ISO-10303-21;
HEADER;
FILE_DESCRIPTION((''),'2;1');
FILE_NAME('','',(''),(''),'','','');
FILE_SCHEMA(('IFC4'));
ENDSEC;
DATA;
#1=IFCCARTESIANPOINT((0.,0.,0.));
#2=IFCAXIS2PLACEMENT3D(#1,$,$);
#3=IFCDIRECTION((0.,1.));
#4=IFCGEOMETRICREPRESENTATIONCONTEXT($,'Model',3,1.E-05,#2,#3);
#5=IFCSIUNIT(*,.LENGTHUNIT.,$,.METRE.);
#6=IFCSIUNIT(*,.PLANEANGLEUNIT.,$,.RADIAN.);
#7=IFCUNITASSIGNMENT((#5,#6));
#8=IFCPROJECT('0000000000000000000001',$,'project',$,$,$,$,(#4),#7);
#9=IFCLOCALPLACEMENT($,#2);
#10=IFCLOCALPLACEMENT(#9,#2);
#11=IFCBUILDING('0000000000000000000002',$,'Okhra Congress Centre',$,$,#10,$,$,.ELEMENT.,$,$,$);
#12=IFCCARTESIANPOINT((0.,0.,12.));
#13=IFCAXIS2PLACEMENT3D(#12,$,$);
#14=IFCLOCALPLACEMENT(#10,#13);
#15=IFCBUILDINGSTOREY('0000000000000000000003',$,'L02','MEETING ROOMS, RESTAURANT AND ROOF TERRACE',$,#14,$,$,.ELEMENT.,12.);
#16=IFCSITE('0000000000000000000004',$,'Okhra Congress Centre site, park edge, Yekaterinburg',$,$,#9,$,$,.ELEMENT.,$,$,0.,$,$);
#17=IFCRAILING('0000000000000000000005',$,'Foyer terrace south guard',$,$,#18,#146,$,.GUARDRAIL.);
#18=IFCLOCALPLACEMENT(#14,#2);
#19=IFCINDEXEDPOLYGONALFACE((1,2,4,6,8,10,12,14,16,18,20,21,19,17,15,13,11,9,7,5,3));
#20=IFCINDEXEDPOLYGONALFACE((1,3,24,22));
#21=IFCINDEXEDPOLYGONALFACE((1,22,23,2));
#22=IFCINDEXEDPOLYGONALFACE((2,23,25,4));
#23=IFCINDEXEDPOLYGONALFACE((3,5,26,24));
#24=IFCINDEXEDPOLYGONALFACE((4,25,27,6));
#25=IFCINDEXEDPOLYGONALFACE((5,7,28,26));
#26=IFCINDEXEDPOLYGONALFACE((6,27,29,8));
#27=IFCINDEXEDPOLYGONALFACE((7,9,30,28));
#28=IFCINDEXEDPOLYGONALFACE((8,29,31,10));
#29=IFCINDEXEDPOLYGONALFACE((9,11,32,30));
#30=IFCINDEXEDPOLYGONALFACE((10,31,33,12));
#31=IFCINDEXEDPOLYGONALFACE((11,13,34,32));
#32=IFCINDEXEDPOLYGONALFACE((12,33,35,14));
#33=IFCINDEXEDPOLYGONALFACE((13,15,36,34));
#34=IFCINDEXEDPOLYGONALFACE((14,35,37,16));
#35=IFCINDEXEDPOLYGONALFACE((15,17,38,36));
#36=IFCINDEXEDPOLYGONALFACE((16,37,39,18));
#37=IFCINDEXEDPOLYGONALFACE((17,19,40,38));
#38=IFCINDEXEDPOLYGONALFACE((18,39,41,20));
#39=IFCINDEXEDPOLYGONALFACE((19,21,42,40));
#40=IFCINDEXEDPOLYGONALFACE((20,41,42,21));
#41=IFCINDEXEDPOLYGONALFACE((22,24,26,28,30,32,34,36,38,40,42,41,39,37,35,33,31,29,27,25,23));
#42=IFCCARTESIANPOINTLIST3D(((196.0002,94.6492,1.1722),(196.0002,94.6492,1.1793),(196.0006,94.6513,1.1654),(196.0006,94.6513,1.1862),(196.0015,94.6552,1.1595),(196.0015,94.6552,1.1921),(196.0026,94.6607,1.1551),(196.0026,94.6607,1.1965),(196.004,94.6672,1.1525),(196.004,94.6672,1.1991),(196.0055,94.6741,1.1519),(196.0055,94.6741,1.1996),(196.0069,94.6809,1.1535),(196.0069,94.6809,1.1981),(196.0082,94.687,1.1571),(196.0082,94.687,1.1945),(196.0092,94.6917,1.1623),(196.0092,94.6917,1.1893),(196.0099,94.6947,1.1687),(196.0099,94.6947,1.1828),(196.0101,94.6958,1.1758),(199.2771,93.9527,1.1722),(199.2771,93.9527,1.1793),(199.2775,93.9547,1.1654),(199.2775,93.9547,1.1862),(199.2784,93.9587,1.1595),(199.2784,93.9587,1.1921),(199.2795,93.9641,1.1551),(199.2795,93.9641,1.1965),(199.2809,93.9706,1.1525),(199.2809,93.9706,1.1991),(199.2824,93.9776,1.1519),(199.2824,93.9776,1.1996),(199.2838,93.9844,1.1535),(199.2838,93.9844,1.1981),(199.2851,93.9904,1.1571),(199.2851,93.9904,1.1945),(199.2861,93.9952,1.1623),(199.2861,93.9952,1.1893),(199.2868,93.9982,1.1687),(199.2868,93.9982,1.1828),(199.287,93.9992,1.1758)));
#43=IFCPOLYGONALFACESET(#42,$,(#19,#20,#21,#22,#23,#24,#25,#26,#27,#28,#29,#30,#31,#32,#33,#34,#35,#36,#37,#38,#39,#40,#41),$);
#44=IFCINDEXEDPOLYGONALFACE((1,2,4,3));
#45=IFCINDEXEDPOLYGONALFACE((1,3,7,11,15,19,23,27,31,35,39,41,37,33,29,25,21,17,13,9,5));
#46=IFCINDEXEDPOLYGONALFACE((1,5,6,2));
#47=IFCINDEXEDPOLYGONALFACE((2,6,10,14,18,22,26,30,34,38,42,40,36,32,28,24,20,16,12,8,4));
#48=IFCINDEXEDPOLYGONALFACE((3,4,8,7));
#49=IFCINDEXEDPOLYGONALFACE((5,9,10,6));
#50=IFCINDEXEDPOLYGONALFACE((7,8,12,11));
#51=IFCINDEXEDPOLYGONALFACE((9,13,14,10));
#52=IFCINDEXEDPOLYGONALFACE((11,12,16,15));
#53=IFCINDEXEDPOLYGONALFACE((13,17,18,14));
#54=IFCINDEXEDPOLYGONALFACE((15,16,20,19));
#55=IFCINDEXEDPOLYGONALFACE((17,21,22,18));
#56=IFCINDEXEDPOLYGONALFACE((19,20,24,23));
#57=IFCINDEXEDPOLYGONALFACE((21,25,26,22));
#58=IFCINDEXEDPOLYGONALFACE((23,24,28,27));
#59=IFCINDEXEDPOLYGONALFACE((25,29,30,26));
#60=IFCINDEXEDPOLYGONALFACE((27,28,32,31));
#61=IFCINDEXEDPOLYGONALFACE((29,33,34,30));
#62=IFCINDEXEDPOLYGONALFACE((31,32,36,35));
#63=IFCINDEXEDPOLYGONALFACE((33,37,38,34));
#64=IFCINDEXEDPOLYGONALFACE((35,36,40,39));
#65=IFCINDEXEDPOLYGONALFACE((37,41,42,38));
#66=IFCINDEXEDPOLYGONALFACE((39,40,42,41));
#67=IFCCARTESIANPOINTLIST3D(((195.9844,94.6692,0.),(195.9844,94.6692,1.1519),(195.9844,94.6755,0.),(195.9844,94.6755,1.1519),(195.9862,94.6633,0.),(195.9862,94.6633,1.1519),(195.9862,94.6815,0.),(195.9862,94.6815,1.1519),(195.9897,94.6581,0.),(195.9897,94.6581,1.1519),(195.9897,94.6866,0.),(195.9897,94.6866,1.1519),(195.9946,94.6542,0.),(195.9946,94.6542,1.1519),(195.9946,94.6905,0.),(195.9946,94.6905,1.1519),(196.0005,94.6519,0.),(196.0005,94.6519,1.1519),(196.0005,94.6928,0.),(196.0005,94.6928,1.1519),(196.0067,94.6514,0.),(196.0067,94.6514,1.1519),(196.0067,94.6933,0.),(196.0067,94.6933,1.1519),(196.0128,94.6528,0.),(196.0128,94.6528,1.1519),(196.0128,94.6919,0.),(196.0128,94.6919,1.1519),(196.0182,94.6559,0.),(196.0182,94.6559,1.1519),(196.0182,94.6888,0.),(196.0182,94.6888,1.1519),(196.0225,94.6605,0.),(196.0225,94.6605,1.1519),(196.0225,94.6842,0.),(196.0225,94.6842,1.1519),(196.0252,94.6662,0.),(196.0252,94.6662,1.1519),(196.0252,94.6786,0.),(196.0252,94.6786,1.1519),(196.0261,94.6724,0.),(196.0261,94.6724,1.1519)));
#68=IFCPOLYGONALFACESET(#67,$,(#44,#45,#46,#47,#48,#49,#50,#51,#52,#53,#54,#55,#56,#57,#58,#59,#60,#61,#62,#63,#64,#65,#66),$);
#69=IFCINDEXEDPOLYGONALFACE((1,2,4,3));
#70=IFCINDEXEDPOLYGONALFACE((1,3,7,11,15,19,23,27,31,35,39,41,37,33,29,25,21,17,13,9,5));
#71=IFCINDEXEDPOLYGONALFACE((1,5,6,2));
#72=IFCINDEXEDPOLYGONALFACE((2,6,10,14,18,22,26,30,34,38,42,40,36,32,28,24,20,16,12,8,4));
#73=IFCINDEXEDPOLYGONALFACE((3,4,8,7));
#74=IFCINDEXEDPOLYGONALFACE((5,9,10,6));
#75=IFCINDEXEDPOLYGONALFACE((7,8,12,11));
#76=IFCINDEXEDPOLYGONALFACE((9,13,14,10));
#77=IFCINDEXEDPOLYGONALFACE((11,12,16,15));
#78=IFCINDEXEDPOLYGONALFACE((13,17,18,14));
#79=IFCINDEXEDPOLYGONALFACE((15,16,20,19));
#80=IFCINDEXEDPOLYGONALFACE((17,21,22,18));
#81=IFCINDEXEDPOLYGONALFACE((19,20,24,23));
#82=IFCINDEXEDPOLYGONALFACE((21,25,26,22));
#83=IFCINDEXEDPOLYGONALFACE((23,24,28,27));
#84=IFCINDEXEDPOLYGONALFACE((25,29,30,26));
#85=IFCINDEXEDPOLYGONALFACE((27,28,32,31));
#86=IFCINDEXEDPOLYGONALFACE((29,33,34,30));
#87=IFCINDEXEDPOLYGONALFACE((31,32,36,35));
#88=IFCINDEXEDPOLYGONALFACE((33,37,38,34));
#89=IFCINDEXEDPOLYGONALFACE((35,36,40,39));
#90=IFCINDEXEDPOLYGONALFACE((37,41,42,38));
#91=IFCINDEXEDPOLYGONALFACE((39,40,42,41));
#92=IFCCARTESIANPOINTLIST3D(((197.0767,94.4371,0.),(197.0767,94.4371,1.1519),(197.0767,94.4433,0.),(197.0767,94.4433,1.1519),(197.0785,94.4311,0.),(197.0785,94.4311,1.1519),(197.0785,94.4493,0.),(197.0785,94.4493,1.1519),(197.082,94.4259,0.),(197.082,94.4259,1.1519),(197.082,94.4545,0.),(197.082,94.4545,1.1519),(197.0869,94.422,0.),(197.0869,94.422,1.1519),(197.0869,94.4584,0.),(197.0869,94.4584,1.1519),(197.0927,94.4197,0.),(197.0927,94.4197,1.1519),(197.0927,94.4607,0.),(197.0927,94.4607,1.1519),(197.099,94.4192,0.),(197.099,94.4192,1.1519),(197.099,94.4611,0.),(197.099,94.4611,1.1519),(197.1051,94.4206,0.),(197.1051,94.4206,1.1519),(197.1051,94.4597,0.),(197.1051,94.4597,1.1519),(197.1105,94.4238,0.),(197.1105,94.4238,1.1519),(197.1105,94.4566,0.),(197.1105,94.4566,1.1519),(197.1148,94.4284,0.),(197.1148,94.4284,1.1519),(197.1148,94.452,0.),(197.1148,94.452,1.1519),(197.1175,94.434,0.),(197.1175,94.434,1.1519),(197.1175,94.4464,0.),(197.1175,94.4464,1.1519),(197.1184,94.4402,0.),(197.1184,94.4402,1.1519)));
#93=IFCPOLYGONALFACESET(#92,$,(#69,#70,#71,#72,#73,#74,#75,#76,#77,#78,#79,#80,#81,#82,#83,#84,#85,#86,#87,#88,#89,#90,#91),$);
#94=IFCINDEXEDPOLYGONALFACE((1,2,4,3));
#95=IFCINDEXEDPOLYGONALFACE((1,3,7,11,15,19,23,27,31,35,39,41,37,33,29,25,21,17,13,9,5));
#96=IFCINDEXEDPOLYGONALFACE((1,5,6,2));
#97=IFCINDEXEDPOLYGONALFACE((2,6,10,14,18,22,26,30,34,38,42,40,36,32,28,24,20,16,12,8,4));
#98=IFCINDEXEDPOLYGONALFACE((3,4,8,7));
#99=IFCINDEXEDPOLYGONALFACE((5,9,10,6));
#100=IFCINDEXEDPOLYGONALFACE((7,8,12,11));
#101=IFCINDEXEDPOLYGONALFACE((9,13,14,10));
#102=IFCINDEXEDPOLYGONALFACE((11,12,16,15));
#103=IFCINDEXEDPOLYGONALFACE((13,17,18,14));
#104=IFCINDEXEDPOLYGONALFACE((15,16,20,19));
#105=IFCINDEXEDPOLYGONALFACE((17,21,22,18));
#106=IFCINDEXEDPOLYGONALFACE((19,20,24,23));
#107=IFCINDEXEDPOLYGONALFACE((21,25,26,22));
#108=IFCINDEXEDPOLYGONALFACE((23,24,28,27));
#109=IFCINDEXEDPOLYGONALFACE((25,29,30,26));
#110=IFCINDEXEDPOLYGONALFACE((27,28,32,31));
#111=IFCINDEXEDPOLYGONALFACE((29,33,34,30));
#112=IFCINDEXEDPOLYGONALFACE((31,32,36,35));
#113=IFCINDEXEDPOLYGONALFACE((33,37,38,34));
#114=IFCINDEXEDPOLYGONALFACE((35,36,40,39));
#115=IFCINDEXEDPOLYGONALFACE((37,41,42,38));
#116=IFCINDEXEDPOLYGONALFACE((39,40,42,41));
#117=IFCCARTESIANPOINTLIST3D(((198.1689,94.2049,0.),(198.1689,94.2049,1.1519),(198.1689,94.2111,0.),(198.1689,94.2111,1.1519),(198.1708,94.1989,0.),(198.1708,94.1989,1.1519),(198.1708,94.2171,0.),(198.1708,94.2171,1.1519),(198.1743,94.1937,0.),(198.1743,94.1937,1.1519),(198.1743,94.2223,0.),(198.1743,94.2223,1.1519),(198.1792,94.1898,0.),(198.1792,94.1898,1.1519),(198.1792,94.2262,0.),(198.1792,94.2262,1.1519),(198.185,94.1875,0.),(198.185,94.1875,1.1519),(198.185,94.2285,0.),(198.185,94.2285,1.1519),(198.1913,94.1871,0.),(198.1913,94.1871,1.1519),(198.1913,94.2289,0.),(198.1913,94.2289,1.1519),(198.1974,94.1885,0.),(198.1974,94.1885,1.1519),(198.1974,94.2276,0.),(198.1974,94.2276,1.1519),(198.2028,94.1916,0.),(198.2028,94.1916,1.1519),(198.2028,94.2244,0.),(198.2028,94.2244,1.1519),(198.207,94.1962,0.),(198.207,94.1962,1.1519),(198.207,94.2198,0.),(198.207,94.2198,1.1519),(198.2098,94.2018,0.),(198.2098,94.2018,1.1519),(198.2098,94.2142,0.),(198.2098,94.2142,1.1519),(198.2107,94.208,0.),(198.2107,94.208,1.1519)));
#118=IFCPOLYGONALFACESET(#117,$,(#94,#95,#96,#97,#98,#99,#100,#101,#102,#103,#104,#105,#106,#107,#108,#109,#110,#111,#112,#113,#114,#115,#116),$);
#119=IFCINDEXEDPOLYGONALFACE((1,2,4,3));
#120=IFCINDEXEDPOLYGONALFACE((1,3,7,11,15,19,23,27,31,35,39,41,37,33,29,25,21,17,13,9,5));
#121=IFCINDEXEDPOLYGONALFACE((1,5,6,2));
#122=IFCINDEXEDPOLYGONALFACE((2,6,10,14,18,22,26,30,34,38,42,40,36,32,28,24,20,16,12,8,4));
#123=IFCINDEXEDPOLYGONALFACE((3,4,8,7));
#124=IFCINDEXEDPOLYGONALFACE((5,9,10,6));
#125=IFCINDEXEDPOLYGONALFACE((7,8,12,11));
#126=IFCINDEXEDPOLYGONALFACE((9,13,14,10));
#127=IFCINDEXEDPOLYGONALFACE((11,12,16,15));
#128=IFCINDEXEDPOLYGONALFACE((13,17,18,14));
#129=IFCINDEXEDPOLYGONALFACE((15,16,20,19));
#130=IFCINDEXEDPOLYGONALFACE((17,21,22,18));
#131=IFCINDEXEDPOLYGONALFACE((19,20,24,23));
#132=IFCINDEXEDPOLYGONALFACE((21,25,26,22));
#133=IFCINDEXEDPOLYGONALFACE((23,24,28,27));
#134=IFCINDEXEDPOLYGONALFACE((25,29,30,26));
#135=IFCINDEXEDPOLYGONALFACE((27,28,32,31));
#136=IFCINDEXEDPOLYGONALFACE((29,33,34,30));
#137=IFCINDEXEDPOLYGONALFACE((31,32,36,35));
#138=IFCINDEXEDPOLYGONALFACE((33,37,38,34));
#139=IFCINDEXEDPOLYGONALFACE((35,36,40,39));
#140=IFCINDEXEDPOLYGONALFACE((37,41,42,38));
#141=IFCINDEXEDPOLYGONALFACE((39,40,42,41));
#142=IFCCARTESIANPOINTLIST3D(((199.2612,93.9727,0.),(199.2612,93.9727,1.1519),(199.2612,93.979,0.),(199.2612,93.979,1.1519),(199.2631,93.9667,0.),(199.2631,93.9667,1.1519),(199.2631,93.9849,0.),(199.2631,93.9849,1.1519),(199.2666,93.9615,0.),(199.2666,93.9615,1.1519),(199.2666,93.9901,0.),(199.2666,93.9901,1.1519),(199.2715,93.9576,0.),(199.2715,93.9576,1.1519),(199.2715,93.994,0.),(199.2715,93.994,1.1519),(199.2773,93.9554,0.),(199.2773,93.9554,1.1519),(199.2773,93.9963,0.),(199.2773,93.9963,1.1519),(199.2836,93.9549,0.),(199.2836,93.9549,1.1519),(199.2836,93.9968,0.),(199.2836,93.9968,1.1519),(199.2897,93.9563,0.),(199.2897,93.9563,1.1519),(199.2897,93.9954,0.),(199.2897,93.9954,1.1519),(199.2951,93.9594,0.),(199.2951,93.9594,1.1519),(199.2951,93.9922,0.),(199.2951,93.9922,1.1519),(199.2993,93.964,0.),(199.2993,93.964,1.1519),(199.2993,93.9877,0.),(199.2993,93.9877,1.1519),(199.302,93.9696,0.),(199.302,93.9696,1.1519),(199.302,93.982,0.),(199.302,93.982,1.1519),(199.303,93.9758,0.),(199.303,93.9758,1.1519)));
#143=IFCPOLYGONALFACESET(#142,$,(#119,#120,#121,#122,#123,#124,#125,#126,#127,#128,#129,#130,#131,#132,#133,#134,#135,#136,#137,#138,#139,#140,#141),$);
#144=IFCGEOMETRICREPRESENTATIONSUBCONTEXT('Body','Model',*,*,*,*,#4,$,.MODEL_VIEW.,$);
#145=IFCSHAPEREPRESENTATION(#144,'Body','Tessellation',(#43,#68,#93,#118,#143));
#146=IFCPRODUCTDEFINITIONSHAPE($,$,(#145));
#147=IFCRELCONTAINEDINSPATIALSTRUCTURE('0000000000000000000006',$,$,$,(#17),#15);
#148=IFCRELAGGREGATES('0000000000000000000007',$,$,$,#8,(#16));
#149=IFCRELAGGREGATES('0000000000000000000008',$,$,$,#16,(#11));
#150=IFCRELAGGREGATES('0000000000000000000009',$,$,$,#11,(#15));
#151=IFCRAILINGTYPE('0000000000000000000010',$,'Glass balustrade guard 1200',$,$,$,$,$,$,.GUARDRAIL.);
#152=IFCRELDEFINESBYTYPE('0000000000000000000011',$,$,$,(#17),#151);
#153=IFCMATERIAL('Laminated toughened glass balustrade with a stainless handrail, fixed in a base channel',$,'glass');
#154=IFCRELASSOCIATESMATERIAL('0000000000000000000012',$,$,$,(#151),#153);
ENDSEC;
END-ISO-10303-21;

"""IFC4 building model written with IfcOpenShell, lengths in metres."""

from ifc_helpers import new_model, si_unit, direction, frame, origin, origin_2d, place, context, subcontext, project, spatial, circle, extrude, material, type_object, element, save


model = new_model("IFC4")

# Units and contexts
model_context = context("Model", 3, precision=1e-05, world=origin(), true_north=direction((0.0, 1.0)))
body_context = subcontext(model_context, "Body", "Model", "MODEL_VIEW")
ifc_project = project(units=[si_unit("LENGTHUNIT", "METRE"), si_unit("PLANEANGLEUNIT", "RADIAN")], contexts=[model_context])

# Site, building, storey
site_placement = place(None, origin())
site = spatial("IfcSite", under=ifc_project, at=site_placement, Name="Okhra Congress Centre site, park edge, Yekaterinburg", CompositionType="ELEMENT", RefElevation=0.0)
building_placement = place(site_placement, origin())
building = spatial("IfcBuilding", under=site, at=building_placement, Name="Okhra Congress Centre", CompositionType="ELEMENT")
storey_placement = place(building_placement, frame((0.0, 0.0, 12.0)))
storey = spatial("IfcBuildingStorey", under=building, at=storey_placement, Name="L02", Description="MEETING ROOMS, RESTAURANT AND ROOF TERRACE", CompositionType="ELEMENT", Elevation=12.0)

# Railing
ifc_material_1 = material(Name="Laminated toughened glass balustrade with a stainless handrail, fixed in a base channel", Category="glass")
railing_type_1 = type_object("IfcRailingType", Name="Glass balustrade guard 1200", PredefinedType="GUARDRAIL", material=ifc_material_1)
railing_1_placement = place(storey_placement, frame((196.0051, 94.6724, 0.0)))
element("IfcRailing", 1, at=railing_1_placement, inside=storey, type_object=railing_type_1, Name="Foyer terrace south guard", PredefinedType="GUARDRAIL", context=body_context, shape_type="SweptSolid", body=[
    extrude(circle(Radius=0.0239, at=origin_2d()), frame((0.0, 0.0, 1.1758), z_axis=(0.978147, -0.207916, 0.0), x_axis=(0.207916, 0.978147, 0.0)), (0.0, 0.0, 1.0), 3.3501),
    extrude(circle(Radius=0.021, at=origin_2d()), origin(), (0.0, 0.0, 1.0), 1.1519),
    extrude(circle(Radius=0.021, at=origin_2d()), frame((1.0923, -0.2322, 0.0)), (0.0, 0.0, 1.0), 1.1519),
    extrude(circle(Radius=0.021, at=origin_2d()), frame((2.1846, -0.4644, 0.0)), (0.0, 0.0, 1.0), 1.1519),
    extrude(circle(Radius=0.021, at=origin_2d()), frame((3.2769, -0.6965, 0.0)), (0.0, 0.0, 1.0), 1.1519),
])

save(model, "model.ifc")
